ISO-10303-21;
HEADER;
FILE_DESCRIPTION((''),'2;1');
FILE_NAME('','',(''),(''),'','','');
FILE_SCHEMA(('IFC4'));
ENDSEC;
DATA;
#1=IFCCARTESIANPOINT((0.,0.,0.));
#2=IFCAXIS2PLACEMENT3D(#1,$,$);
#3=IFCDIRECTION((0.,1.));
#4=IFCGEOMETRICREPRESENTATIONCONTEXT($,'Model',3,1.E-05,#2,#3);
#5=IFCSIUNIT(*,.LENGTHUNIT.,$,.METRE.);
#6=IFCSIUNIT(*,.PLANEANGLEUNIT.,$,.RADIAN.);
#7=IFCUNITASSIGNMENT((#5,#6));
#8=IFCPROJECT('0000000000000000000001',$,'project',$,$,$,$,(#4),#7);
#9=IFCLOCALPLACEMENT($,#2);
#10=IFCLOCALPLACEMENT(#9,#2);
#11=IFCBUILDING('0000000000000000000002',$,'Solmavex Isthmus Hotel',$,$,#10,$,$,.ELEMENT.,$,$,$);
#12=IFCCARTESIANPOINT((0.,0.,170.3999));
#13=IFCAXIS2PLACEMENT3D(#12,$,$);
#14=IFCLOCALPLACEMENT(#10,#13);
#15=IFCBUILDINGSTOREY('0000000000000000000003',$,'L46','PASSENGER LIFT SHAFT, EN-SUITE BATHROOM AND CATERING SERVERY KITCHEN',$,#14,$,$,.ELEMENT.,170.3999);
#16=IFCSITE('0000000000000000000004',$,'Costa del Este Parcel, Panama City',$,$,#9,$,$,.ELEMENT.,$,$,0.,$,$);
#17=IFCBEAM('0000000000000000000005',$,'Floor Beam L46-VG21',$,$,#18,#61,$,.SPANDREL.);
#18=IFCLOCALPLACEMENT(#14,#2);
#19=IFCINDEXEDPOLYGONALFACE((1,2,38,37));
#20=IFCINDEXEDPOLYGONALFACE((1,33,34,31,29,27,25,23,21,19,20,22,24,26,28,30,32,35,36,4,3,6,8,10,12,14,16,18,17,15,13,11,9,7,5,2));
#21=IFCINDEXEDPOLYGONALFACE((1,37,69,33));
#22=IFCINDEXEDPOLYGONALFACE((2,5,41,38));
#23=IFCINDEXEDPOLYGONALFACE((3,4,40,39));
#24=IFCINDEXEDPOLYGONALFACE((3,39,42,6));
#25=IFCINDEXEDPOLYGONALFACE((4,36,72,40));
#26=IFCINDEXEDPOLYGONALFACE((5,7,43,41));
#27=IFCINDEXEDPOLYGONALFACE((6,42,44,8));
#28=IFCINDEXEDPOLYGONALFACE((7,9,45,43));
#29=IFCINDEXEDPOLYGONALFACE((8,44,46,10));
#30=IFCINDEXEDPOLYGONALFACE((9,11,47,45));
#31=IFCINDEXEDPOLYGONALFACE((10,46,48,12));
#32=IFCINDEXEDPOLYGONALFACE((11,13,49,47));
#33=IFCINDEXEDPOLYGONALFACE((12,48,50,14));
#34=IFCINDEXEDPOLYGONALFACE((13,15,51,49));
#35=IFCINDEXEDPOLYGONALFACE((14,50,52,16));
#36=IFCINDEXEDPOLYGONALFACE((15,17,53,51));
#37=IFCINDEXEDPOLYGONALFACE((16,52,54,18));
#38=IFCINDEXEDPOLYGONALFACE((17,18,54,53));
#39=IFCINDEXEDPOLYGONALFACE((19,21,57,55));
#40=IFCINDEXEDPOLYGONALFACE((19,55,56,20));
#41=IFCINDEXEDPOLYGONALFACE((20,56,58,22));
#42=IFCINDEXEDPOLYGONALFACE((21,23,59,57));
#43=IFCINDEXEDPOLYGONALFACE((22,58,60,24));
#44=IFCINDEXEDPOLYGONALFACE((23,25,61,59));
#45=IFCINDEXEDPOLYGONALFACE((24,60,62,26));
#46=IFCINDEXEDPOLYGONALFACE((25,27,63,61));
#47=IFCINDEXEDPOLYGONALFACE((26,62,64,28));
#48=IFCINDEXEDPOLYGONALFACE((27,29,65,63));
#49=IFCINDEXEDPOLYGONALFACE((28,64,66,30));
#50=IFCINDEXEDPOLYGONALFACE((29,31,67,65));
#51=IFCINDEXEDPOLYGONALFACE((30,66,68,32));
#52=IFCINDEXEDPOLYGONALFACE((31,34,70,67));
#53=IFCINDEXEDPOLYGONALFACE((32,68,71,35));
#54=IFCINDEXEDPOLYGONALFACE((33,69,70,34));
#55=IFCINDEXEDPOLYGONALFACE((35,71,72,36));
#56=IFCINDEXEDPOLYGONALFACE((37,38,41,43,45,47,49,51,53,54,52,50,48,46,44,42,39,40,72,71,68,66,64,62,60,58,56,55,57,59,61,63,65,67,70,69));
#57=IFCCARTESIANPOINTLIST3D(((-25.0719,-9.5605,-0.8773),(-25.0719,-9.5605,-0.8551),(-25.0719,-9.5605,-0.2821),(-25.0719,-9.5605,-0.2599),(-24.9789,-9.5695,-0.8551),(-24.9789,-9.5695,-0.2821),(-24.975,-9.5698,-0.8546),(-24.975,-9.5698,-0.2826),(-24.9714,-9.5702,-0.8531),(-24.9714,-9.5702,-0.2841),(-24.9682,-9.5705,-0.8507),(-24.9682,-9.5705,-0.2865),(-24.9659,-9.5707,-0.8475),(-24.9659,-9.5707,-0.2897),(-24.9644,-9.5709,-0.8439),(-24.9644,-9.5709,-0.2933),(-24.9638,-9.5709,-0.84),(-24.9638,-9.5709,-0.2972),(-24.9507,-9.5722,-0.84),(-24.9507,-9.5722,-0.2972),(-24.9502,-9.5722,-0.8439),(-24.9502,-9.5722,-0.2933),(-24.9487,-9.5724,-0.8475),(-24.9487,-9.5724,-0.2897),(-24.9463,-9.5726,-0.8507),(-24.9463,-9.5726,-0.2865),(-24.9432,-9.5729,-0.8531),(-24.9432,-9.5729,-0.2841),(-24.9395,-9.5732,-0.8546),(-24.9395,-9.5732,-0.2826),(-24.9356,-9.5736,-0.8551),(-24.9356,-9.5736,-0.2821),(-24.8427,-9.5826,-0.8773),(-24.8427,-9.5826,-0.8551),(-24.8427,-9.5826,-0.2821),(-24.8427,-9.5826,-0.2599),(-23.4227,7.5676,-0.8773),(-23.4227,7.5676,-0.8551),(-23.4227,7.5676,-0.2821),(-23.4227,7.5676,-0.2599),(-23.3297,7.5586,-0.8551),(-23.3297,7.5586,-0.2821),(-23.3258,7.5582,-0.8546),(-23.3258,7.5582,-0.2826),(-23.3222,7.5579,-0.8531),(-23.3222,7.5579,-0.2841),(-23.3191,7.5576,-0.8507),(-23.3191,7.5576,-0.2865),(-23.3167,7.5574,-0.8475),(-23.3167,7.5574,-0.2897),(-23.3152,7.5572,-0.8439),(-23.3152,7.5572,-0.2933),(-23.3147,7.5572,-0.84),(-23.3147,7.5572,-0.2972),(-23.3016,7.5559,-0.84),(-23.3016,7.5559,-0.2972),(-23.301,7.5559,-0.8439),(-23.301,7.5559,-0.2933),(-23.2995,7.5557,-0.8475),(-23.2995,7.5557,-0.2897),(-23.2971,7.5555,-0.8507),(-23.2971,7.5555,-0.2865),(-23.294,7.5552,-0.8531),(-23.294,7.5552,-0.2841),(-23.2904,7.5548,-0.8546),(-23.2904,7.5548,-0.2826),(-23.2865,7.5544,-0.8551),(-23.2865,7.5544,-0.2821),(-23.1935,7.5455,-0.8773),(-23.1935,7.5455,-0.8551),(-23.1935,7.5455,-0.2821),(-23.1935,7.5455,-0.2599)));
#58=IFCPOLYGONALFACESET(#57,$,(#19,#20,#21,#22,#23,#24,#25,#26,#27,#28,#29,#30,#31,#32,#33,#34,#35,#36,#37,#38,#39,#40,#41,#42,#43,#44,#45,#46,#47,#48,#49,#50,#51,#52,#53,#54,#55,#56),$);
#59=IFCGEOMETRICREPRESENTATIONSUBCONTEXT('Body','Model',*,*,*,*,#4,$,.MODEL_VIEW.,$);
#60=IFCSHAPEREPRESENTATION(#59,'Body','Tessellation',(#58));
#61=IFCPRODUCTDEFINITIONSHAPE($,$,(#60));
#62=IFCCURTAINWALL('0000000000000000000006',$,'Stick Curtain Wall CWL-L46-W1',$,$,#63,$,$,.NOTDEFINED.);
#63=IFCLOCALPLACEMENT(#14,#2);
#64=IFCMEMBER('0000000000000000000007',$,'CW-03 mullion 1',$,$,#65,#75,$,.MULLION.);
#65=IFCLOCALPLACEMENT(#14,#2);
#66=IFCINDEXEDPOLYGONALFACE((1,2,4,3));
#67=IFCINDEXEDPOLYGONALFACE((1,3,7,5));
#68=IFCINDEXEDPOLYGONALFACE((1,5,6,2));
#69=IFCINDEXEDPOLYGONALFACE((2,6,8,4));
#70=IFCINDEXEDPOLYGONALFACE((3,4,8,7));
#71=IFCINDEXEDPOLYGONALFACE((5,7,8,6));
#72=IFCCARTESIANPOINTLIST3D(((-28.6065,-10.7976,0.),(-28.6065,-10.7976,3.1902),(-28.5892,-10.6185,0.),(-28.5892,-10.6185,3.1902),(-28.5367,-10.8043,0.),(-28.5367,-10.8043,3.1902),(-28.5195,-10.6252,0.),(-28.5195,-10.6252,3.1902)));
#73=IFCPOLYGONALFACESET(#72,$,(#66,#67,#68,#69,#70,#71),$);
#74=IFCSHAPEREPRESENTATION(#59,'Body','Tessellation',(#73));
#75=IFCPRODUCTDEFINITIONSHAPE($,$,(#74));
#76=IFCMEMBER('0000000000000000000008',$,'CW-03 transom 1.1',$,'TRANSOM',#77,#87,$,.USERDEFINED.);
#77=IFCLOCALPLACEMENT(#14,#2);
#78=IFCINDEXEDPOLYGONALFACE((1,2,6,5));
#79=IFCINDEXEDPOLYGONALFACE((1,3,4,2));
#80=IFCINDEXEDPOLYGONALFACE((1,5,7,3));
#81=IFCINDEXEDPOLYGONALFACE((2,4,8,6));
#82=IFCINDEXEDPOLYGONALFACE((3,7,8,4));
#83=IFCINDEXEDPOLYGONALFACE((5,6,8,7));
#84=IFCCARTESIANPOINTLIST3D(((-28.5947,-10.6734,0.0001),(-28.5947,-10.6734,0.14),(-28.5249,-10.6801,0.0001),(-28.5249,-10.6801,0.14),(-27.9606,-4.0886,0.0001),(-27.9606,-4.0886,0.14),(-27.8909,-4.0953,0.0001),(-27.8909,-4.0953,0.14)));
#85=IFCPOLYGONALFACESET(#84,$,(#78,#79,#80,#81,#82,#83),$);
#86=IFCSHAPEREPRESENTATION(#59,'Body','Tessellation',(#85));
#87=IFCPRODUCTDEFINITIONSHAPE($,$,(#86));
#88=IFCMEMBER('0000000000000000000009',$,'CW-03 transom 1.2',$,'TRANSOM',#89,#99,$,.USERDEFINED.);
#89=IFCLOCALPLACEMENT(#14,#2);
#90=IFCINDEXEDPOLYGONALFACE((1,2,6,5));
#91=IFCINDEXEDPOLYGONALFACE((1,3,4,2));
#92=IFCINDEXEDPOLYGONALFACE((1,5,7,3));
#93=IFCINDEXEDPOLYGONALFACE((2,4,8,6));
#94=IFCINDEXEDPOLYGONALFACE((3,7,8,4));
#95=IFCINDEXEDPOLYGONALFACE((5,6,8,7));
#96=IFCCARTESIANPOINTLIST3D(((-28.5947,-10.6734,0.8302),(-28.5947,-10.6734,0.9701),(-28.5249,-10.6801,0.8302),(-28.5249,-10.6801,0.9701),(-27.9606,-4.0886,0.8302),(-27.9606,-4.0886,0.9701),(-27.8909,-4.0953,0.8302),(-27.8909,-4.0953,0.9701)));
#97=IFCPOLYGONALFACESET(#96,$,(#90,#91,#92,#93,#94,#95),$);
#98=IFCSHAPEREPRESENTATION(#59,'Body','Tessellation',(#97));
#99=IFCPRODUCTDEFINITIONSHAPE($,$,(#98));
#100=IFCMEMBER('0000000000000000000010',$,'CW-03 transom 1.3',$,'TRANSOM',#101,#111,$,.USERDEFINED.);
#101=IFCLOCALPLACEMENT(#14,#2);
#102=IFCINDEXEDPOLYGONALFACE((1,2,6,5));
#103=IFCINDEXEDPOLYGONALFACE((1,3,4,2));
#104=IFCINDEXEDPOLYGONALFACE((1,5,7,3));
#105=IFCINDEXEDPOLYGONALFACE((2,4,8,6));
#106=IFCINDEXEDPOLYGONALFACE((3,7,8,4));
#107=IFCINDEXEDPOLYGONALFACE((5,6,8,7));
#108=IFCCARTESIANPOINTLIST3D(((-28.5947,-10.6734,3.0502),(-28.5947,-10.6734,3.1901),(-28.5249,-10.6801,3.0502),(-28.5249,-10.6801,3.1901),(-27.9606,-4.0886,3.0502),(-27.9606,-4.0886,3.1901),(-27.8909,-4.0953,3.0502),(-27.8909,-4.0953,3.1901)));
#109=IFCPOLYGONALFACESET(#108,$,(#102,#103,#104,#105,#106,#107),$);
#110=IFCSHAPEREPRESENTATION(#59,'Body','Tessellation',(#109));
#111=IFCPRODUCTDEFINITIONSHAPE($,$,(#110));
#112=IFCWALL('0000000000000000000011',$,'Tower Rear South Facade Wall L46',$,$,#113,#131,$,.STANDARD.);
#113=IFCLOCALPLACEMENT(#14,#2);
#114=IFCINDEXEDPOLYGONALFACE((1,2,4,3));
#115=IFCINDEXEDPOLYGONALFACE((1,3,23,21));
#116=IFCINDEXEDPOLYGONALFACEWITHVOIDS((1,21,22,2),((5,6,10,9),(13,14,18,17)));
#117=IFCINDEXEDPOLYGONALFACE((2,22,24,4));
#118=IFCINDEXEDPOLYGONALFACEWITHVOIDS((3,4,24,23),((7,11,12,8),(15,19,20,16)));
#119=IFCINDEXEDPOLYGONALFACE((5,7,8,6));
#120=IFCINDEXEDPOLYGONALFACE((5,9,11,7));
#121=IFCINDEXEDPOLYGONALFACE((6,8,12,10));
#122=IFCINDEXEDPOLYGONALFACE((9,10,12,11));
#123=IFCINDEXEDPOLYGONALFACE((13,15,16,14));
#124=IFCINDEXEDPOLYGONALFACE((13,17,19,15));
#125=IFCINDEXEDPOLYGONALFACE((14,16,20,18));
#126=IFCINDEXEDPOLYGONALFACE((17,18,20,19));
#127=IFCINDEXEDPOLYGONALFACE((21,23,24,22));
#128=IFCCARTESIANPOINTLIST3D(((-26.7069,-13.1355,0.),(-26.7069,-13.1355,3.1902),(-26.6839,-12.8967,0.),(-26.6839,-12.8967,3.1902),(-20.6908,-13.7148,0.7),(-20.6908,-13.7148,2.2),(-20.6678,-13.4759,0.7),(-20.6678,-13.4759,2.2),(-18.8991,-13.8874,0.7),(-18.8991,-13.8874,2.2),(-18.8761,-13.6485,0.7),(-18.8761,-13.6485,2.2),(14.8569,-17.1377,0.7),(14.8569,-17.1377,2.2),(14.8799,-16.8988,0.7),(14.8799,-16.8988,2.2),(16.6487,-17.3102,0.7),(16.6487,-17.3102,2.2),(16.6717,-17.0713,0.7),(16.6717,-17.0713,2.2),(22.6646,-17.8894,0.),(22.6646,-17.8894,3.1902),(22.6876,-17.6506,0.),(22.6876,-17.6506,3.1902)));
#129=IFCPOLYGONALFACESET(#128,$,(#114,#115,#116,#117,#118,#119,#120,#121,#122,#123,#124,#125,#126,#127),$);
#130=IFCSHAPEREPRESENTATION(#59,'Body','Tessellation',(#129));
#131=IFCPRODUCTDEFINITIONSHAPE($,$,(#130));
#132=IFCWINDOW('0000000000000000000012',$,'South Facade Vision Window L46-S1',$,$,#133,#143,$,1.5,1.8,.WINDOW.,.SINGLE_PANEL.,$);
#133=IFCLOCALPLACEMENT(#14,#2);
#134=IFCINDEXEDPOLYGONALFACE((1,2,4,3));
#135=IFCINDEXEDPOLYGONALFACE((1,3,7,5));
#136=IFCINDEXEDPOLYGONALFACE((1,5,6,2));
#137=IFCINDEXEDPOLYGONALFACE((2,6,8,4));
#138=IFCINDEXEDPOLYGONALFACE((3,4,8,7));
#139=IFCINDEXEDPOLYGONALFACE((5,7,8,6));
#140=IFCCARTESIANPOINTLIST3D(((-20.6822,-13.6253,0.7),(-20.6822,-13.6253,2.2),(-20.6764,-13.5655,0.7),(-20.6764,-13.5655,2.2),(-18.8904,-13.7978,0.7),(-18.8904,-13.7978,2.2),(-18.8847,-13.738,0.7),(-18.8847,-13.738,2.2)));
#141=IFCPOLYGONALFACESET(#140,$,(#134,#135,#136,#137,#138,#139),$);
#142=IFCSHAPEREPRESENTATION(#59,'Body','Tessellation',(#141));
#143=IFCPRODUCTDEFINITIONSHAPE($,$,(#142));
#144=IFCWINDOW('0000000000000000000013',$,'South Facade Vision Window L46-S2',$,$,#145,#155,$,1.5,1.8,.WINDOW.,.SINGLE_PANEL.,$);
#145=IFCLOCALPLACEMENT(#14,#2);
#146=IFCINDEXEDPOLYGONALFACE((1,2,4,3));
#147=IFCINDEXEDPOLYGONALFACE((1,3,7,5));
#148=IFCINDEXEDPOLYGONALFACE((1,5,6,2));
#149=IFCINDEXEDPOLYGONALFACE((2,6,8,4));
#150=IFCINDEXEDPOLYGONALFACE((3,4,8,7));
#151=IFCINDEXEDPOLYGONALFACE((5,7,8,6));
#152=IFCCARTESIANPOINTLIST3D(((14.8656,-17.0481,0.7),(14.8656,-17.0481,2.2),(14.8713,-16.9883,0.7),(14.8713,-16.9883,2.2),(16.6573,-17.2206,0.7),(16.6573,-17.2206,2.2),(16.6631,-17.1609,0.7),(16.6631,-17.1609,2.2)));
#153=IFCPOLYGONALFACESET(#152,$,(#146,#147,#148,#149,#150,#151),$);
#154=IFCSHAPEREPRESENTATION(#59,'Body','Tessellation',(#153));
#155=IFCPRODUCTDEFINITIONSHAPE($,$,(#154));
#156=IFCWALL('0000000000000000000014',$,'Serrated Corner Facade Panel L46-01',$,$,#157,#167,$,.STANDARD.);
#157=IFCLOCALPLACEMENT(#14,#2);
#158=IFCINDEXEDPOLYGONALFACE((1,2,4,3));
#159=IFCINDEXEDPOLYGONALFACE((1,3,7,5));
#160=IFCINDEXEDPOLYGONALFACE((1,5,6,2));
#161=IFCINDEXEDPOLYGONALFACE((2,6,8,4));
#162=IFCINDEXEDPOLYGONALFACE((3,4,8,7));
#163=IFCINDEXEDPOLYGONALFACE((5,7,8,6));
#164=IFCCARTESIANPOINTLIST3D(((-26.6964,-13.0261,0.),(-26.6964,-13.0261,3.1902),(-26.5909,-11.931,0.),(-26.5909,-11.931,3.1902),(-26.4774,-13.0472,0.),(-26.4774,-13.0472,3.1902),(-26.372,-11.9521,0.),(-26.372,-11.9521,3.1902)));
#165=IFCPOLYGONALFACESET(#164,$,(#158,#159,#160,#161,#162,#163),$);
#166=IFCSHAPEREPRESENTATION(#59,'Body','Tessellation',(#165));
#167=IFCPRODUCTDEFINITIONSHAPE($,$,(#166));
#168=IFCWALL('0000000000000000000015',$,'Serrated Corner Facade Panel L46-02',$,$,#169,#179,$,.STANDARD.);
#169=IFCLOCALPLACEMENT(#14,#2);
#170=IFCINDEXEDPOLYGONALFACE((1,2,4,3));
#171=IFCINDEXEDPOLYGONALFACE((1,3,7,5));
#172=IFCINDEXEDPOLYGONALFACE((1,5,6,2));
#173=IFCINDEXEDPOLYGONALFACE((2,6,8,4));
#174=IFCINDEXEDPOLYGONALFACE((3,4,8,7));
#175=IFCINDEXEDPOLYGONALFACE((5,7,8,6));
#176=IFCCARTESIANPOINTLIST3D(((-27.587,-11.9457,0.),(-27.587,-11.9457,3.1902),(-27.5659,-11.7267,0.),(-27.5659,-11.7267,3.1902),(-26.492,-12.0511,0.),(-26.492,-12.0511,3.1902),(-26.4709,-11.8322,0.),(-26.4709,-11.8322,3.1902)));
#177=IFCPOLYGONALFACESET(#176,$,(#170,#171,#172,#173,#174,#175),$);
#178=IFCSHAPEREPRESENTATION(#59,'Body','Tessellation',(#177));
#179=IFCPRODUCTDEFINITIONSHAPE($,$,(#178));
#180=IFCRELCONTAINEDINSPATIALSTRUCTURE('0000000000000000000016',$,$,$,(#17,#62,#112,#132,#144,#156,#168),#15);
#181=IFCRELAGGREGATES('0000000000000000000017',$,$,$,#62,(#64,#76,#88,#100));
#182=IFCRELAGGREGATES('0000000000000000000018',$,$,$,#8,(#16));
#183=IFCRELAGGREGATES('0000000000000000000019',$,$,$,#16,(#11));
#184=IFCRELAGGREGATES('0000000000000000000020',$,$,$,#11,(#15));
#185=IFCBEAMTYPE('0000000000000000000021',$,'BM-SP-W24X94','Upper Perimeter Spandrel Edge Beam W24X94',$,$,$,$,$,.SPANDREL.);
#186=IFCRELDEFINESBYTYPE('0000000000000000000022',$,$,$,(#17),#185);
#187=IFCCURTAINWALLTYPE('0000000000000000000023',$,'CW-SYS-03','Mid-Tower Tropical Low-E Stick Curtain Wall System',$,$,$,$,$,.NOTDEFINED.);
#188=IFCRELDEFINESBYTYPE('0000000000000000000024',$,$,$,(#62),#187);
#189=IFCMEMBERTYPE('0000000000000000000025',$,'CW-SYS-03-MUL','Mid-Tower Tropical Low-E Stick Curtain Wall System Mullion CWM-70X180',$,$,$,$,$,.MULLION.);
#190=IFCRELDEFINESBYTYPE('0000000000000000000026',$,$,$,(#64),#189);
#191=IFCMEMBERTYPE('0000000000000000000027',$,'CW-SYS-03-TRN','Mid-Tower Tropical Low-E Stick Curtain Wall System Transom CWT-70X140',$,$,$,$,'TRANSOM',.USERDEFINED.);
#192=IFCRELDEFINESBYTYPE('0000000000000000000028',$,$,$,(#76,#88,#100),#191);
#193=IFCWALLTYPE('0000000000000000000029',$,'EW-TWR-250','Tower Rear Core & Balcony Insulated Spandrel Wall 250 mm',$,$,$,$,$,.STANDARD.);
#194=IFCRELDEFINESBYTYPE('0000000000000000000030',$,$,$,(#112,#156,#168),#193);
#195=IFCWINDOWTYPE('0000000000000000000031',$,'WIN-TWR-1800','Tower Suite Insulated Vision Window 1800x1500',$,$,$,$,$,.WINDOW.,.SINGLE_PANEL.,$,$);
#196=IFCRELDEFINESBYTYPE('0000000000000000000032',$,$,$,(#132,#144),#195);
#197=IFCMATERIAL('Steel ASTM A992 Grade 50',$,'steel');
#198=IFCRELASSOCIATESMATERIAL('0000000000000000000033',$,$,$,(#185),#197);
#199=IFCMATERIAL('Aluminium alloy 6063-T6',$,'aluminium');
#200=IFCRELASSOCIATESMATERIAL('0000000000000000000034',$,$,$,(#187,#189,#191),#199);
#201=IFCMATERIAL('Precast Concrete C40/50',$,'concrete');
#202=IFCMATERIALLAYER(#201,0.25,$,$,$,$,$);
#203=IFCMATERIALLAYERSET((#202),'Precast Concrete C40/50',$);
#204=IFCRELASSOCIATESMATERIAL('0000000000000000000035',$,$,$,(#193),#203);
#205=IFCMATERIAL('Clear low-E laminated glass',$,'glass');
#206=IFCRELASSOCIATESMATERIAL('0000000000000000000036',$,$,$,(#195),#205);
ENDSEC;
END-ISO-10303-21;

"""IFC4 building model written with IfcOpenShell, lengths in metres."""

from ifc_helpers import new_model, si_unit, direction, frame, frame_2d, origin, origin_2d, place, context, subcontext, project, spatial, rectangle, i_section, extrude, material, layer, layer_set, material_profile, profile_set, type_object, element, fill, aggregate, save


model = new_model("IFC4")

# Units and contexts
model_context = context("Model", 3, precision=1e-05, world=origin(), true_north=direction((0.0, 1.0)))
body_context = subcontext(model_context, "Body", "Model", "MODEL_VIEW")
ifc_project = project(units=[si_unit("LENGTHUNIT", "METRE"), si_unit("PLANEANGLEUNIT", "RADIAN")], contexts=[model_context])

# Site, building, storey
site_placement = place(None, origin())
site = spatial("IfcSite", under=ifc_project, at=site_placement, Name="Costa del Este Parcel, Panama City", CompositionType="ELEMENT", RefElevation=0.0)
building_placement = place(site_placement, origin())
building = spatial("IfcBuilding", under=site, at=building_placement, Name="Solmavex Isthmus Hotel", CompositionType="ELEMENT")
storey_placement = place(building_placement, frame((0.0, 0.0, 170.3999)))
storey = spatial("IfcBuildingStorey", under=building, at=storey_placement, Name="L46", Description="PASSENGER LIFT SHAFT, EN-SUITE BATHROOM AND CATERING SERVERY KITCHEN", CompositionType="ELEMENT", Elevation=170.3999)

# Beam
ifc_material_1 = material(Name="Steel ASTM A992 Grade 50", Category="steel")
ifc_material_profile_1 = material_profile(ifc_material_1, i_section(OverallWidth=0.2302, OverallDepth=0.6174, WebThickness=0.0132, FlangeThickness=0.0222, FilletRadius=0.0151, at=origin_2d()), Name="W24X94")
ifc_profile_set_1 = profile_set([ifc_material_profile_1], Name="Steel ASTM A992 Grade 50")
beam_type_1 = type_object("IfcBeamType", Name="BM-SP-W24X94", Description="Upper Perimeter Spandrel Edge Beam W24X94", PredefinedType="SPANDREL", material=ifc_profile_set_1)
beam_1_placement = place(storey_placement, frame((-24.9573, -9.5715, -0.5686), z_axis=(0.095841, 0.995397, 0.0), x_axis=(-0.995397, 0.095841, 0.0)))
element("IfcBeam", 1, at=beam_1_placement, inside=storey, type_object=beam_type_1, Name="Floor Beam L46-VG21", PredefinedType="SPANDREL", context=body_context, shape_type="SweptSolid", body=[
    extrude(i_section(OverallWidth=0.2302, OverallDepth=0.6174, WebThickness=0.0132, FlangeThickness=0.0222, FilletRadius=0.0151, at=origin_2d()), origin(), (0.0, 0.0, 1.0), 17.2073),
])

# Curtain wall, members
ifc_material_2 = material(Name="Aluminium alloy 6063-T6", Category="aluminium")
curtain_wall_type = type_object("IfcCurtainWallType", Name="CW-SYS-03", Description="Mid-Tower Tropical Low-E Stick Curtain Wall System", PredefinedType="NOTDEFINED", material=ifc_material_2)
curtain_wall_placement = place(storey_placement, origin())
curtain_wall = element("IfcCurtainWall", 2, at=curtain_wall_placement, inside=storey, type_object=curtain_wall_type, Name="Stick Curtain Wall CWL-L46-W1", PredefinedType="NOTDEFINED")
ifc_material_profile_2 = material_profile(ifc_material_2, rectangle(XDim=0.0701, YDim=0.1799, at=origin_2d()), Name="CWM-70X180")
ifc_profile_set_2 = profile_set([ifc_material_profile_2], Name="Aluminium alloy 6063-T6")
member_type_1 = type_object("IfcMemberType", Name="CW-SYS-03-MUL", Description="Mid-Tower Tropical Low-E Stick Curtain Wall System Mullion CWM-70X180", PredefinedType="MULLION", material=ifc_profile_set_2)
member_1_placement = place(storey_placement, frame((-28.563, -10.7114, 0.0), z_axis=(0.0, 0.0, 1.0), x_axis=(-0.995396, 0.095846, 0.0)))
member_1 = element("IfcMember", 3, at=member_1_placement, type_object=member_type_1, Name="CW-03 mullion 1", PredefinedType="MULLION", context=body_context, shape_type="SweptSolid", body=[
    extrude(rectangle(XDim=0.0701, YDim=0.1799, at=origin_2d()), origin(), (0.0, 0.0, 1.0), 3.1902),
])
ifc_material_profile_3 = material_profile(ifc_material_2, rectangle(XDim=0.0701, YDim=0.1399, at=origin_2d()), Name="CWT-70X140")
ifc_profile_set_3 = profile_set([ifc_material_profile_3], Name="Aluminium alloy 6063-T6")
member_type_2 = type_object("IfcMemberType", Name="CW-SYS-03-TRN", Description="Mid-Tower Tropical Low-E Stick Curtain Wall System Transom CWT-70X140", ElementType="TRANSOM", PredefinedType="USERDEFINED", material=ifc_profile_set_3)
member_2_placement = place(storey_placement, frame((-28.5598, -10.6768, 0.0701), z_axis=(0.095845, 0.995396, 0.0), x_axis=(-0.995396, 0.095845, 0.0)))
member_2 = element("IfcMember", 4, at=member_2_placement, type_object=member_type_2, Name="CW-03 transom 1.1", ObjectType="TRANSOM", PredefinedType="USERDEFINED", context=body_context, shape_type="SweptSolid", body=[
    extrude(rectangle(XDim=0.0701, YDim=0.1399, at=origin_2d()), origin(), (0.0, 0.0, 1.0), 6.6152),
])
member_3_placement = place(storey_placement, frame((-28.5598, -10.6768, 0.9001), z_axis=(0.095845, 0.995396, 0.0), x_axis=(-0.995396, 0.095845, 0.0)))
member_3 = element("IfcMember", 5, at=member_3_placement, type_object=member_type_2, Name="CW-03 transom 1.2", ObjectType="TRANSOM", PredefinedType="USERDEFINED", context=body_context, shape_type="SweptSolid", body=[
    extrude(rectangle(XDim=0.0701, YDim=0.1399, at=origin_2d()), origin(), (0.0, 0.0, 1.0), 6.6152),
])
member_4_placement = place(storey_placement, frame((-28.5598, -10.6768, 3.1201), z_axis=(0.095845, 0.995396, 0.0), x_axis=(-0.995396, 0.095845, 0.0)))
member_4 = element("IfcMember", 6, at=member_4_placement, type_object=member_type_2, Name="CW-03 transom 1.3", ObjectType="TRANSOM", PredefinedType="USERDEFINED", context=body_context, shape_type="SweptSolid", body=[
    extrude(rectangle(XDim=0.0701, YDim=0.1399, at=origin_2d()), origin(), (0.0, 0.0, 1.0), 6.6152),
])
aggregate(curtain_wall, [member_1, member_2, member_3, member_4])

# Wall, openings, windows
ifc_material_3 = material(Name="Precast Concrete C40/50", Category="concrete")
ifc_layer_1 = layer(ifc_material_3, 0.25)
ifc_layer_set_1 = layer_set([ifc_layer_1], Name="Precast Concrete C40/50")
wall_type_1 = type_object("IfcWallType", Name="EW-TWR-250", Description="Tower Rear Core & Balcony Insulated Spandrel Wall 250 mm", PredefinedType="STANDARD", material=ifc_layer_set_1)
wall_1_placement = place(storey_placement, frame((-26.6953, -13.0161, 0.0), z_axis=(0.0, 0.0, 1.0), x_axis=(0.995396, -0.095845, 0.0)))
wall_1 = element("IfcWall", 7, at=wall_1_placement, inside=storey, type_object=wall_type_1, Name="Tower Rear South Facade Wall L46", PredefinedType="STANDARD", context=body_context, shape_type="SweptSolid", body=[
    extrude(rectangle(XDim=49.5999, YDim=0.24, at=frame_2d((24.7998, 0.0))), origin(), (0.0, 0.0, 1.0), 3.1902),
])
opening_1_placement = place(wall_1_placement, frame((6.0439, 0.0, 0.7)))
opening_1 = element("IfcOpeningElement", 8, at=opening_1_placement, cuts=wall_1, PredefinedType="OPENING", context=body_context, shape_type="SweptSolid", body=[
    extrude(rectangle(XDim=1.8, YDim=1.5, at=frame_2d((0.8999, 0.75))), frame((0.0, 0.1299, 0.0), z_axis=(0.0, -1.0, 0.0), x_axis=(1.0, 0.0, 0.0)), (0.0, 0.0, 1.0), 0.26),
])
opening_2_placement = place(wall_1_placement, frame((41.7561, 0.0, 0.7)))
opening_2 = element("IfcOpeningElement", 9, at=opening_2_placement, cuts=wall_1, PredefinedType="OPENING", context=body_context, shape_type="SweptSolid", body=[
    extrude(rectangle(XDim=1.8, YDim=1.5, at=frame_2d((0.8999, 0.75))), frame((0.0, 0.1299, 0.0), z_axis=(0.0, -1.0, 0.0), x_axis=(1.0, 0.0, 0.0)), (0.0, 0.0, 1.0), 0.26),
])
ifc_material_4 = material(Name="Clear low-E laminated glass", Category="glass")
window_type = type_object("IfcWindowType", Name="WIN-TWR-1800", Description="Tower Suite Insulated Vision Window 1800x1500", PartitioningType="SINGLE_PANEL", PredefinedType="WINDOW", material=ifc_material_4)
window_1_placement = place(opening_1_placement, origin())
window_1 = element("IfcWindow", 10, at=window_1_placement, inside=storey, type_object=window_type, Name="South Facade Vision Window L46-S1", OverallHeight=1.5, OverallWidth=1.8, PartitioningType="SINGLE_PANEL", PredefinedType="WINDOW", context=body_context, shape_type="SweptSolid", body=[
    extrude(rectangle(XDim=1.8, YDim=1.5, at=frame_2d((0.8999, 0.75))), frame((0.0, 0.03, 0.0), z_axis=(0.0, -1.0, 0.0), x_axis=(1.0, 0.0, 0.0)), (0.0, 0.0, 1.0), 0.0601),
])
fill(opening_1, window_1)
window_2_placement = place(opening_2_placement, origin())
window_2 = element("IfcWindow", 11, at=window_2_placement, inside=storey, type_object=window_type, Name="South Facade Vision Window L46-S2", OverallHeight=1.5, OverallWidth=1.8, PartitioningType="SINGLE_PANEL", PredefinedType="WINDOW", context=body_context, shape_type="SweptSolid", body=[
    extrude(rectangle(XDim=1.8, YDim=1.5, at=frame_2d((0.8999, 0.75))), frame((0.0, 0.03, 0.0), z_axis=(0.0, -1.0, 0.0), x_axis=(1.0, 0.0, 0.0)), (0.0, 0.0, 1.0), 0.0601),
])
fill(opening_2, window_2)

# Walls
for number, where, z_axis, x_axis, name in (
    (12, (-26.5869, -13.0366, 0.0), (0.0, 0.0, 1.0), (0.095877, 0.995393, 0.0), "Serrated Corner Facade Panel L46-01"),
    (13, (-26.4814, -11.9417, 0.0), (0.0, 0.0, 1.0), (-0.995393, 0.095877, 0.0), "Serrated Corner Facade Panel L46-02"),
):
    element("IfcWall", number, at=place(storey_placement, frame(where, z_axis=z_axis, x_axis=x_axis)), inside=storey, type_object=wall_type_1, Name=name, PredefinedType="STANDARD", context=body_context, shape_type="SweptSolid", body=[
        extrude(rectangle(XDim=1.1001, YDim=0.22, at=frame_2d((0.55, 0.0))), origin(), (0.0, 0.0, 1.0), 3.1902),
    ])

save(model, "model.ifc")
